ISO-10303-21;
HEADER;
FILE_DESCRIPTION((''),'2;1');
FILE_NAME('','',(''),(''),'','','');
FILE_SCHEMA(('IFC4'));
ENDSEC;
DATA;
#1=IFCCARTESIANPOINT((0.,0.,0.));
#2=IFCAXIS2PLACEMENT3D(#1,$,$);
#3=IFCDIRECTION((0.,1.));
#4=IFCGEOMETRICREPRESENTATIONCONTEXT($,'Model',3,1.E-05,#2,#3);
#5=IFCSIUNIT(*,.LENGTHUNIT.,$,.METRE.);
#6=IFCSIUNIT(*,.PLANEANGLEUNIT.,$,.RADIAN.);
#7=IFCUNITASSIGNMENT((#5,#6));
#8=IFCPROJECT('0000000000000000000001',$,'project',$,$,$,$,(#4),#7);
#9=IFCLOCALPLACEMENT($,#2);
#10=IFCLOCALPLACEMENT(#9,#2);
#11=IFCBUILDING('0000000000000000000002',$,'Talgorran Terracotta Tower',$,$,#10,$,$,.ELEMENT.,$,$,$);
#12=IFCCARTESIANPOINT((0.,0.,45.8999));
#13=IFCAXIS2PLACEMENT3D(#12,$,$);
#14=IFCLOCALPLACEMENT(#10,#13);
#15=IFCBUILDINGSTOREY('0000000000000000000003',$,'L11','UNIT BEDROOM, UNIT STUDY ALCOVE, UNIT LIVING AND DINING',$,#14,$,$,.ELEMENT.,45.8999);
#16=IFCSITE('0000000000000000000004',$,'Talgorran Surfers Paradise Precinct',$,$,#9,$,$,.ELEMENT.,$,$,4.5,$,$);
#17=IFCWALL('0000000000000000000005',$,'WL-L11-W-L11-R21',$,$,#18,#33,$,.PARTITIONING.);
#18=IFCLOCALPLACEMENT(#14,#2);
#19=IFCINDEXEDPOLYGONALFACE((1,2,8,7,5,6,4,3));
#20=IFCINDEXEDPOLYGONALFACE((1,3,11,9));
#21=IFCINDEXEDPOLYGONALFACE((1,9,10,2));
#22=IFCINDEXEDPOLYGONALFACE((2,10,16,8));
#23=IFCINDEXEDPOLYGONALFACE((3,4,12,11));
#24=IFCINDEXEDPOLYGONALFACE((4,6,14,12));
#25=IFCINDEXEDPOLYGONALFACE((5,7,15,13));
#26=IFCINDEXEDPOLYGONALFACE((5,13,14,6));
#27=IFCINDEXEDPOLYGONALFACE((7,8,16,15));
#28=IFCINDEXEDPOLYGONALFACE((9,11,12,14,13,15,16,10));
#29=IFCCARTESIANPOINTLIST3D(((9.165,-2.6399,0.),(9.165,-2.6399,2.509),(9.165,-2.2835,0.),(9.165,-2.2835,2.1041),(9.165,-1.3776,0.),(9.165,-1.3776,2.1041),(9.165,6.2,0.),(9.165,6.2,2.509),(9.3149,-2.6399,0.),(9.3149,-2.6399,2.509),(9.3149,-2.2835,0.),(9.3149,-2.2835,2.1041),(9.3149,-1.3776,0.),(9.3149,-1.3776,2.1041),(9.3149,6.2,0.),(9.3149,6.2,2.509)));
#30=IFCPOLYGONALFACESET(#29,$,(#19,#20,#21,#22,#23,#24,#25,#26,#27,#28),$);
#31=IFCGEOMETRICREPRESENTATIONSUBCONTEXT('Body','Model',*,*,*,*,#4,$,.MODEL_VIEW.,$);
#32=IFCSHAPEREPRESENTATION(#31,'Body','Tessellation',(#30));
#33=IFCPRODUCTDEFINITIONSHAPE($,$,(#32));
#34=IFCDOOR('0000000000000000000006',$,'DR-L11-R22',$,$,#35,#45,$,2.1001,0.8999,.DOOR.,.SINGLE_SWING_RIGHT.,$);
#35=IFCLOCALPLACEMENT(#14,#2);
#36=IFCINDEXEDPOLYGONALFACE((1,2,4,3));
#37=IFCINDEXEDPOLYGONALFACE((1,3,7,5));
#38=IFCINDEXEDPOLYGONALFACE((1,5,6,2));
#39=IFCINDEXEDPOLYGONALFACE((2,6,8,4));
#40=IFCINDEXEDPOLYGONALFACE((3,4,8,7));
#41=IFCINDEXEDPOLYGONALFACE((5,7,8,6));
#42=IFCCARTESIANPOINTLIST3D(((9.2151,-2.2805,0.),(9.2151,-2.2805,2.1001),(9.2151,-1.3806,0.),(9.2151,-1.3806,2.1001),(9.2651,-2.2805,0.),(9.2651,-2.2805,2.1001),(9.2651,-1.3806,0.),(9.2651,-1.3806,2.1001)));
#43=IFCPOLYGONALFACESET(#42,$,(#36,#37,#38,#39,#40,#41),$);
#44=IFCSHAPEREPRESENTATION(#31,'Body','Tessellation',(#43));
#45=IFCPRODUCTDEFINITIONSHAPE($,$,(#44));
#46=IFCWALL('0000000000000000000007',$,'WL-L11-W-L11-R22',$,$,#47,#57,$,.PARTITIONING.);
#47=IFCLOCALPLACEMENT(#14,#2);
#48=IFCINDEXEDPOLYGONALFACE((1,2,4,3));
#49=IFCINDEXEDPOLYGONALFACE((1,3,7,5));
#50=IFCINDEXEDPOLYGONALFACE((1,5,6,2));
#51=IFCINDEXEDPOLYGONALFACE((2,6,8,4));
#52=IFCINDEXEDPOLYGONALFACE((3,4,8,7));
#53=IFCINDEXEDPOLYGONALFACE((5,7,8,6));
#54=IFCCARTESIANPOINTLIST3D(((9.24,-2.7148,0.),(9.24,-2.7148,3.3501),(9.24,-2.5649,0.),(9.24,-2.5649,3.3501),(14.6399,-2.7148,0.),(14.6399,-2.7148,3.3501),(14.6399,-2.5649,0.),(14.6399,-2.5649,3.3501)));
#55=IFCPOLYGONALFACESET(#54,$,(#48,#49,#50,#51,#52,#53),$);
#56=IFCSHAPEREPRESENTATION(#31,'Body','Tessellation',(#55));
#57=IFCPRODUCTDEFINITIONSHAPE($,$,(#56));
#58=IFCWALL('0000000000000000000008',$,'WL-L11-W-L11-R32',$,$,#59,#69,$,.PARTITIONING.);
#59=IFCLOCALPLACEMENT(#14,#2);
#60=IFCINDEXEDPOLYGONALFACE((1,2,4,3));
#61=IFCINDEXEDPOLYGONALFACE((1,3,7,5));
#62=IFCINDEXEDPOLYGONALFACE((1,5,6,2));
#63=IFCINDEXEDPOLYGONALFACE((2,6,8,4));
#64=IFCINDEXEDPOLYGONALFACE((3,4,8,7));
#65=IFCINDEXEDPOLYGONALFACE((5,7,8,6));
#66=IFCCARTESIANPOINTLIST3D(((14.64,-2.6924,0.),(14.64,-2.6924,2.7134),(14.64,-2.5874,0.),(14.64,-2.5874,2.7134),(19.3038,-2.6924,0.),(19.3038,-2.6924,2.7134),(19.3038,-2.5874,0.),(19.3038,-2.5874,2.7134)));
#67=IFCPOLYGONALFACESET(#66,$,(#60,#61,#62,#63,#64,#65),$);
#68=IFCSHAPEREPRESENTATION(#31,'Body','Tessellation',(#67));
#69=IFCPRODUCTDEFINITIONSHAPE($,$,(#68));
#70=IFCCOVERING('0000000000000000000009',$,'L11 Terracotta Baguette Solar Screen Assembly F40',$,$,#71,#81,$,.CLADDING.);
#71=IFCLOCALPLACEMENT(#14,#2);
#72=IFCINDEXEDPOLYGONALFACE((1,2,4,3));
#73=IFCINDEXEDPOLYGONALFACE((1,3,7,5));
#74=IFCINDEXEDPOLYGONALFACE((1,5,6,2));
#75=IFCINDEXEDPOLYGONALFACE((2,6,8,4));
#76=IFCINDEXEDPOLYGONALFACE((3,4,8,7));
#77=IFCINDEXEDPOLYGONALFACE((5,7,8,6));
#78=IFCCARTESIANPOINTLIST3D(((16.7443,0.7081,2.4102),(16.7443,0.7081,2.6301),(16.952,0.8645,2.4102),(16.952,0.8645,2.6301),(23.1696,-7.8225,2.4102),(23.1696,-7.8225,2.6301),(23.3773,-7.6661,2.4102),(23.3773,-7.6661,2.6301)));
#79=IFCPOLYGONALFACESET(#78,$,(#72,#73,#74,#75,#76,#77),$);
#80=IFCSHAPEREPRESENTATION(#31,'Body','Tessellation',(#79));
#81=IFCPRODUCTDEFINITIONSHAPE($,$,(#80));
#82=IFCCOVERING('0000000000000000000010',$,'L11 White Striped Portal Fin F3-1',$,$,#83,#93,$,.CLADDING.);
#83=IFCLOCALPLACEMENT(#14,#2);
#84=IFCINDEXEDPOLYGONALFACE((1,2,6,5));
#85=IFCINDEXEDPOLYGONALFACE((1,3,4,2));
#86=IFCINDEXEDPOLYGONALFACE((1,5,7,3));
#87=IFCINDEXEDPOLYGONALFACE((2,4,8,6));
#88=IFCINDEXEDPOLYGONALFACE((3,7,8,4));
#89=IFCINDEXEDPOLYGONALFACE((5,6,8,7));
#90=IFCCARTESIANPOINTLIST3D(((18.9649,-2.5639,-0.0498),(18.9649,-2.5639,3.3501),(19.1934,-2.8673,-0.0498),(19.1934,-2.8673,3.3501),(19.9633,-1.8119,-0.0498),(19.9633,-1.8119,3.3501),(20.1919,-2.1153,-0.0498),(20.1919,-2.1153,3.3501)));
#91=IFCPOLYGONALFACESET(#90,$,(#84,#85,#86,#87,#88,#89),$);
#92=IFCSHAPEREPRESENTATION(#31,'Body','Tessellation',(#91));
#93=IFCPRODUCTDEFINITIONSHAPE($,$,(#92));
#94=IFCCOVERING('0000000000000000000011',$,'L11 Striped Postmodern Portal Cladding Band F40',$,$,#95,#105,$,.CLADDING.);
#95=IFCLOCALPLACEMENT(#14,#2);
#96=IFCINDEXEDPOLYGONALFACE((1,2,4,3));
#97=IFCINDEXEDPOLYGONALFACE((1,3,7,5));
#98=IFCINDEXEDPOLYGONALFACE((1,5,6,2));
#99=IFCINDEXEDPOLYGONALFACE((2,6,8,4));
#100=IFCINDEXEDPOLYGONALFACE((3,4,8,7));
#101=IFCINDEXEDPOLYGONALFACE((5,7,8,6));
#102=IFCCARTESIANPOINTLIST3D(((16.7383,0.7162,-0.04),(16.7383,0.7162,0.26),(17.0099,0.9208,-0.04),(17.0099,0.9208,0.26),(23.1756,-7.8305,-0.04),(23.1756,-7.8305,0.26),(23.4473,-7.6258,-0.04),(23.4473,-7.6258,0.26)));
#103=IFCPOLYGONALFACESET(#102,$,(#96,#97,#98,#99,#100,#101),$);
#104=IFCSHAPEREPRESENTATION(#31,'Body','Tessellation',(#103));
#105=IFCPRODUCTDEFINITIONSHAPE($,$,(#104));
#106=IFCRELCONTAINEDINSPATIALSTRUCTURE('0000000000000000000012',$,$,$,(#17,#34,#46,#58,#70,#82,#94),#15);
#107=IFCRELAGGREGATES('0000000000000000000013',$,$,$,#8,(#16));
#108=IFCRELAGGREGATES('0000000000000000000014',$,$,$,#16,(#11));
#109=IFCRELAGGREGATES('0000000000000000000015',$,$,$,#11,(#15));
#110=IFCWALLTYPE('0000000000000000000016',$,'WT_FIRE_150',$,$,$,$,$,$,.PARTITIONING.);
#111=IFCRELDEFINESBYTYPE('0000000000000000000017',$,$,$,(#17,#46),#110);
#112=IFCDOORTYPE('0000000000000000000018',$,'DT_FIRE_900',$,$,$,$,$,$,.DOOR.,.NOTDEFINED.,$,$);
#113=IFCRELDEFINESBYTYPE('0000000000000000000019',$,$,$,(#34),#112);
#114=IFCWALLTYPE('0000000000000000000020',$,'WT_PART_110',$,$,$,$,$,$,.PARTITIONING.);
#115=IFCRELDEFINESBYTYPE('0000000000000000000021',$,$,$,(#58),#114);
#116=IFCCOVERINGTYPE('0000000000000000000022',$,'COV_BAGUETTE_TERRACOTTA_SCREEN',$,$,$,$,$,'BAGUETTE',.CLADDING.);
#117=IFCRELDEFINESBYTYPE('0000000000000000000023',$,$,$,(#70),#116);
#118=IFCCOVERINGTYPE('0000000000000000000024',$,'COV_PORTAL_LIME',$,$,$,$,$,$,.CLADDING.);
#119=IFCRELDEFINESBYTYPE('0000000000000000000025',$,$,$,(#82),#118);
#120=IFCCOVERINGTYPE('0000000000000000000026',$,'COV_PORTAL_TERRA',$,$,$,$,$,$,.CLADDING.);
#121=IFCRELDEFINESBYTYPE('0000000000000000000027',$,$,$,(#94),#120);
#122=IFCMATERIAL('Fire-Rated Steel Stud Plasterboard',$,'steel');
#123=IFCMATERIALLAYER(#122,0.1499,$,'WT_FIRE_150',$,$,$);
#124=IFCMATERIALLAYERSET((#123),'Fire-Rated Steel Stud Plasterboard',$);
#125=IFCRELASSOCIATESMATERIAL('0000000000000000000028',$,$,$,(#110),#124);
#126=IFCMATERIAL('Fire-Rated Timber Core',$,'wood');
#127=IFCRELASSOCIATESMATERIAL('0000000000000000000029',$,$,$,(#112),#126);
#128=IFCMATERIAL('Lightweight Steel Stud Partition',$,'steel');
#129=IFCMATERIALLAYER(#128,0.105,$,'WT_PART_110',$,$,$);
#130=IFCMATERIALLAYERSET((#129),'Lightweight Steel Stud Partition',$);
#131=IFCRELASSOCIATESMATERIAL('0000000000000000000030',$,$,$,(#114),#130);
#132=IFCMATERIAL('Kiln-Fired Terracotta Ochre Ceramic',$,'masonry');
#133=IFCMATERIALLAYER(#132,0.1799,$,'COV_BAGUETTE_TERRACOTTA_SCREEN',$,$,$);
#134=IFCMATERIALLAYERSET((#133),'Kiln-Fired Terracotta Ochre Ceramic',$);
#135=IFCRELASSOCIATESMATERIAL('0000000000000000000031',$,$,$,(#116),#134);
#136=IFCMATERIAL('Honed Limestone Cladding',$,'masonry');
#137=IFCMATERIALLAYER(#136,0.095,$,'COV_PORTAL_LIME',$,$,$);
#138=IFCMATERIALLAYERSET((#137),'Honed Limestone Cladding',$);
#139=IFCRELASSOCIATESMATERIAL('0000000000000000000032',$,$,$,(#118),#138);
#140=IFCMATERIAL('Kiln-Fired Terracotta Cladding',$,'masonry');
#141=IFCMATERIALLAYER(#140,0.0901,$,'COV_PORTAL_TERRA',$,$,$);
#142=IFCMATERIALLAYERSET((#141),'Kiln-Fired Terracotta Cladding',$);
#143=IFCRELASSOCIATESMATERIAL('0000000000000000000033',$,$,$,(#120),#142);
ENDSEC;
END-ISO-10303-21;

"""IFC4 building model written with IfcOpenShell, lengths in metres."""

from ifc_helpers import new_model, si_unit, direction, frame, frame_2d, origin, origin_2d, place, context, subcontext, project, spatial, rectangle, extrude, material, layer, layer_set, type_object, element, fill, save


model = new_model("IFC4")

# Units and contexts
model_context = context("Model", 3, precision=1e-05, world=origin(), true_north=direction((0.0, 1.0)))
body_context = subcontext(model_context, "Body", "Model", "MODEL_VIEW")
ifc_project = project(units=[si_unit("LENGTHUNIT", "METRE"), si_unit("PLANEANGLEUNIT", "RADIAN")], contexts=[model_context])

# Site, building, storey
site_placement = place(None, origin())
site = spatial("IfcSite", under=ifc_project, at=site_placement, Name="Talgorran Surfers Paradise Precinct", CompositionType="ELEMENT", RefElevation=4.5)
building_placement = place(site_placement, origin())
building = spatial("IfcBuilding", under=site, at=building_placement, Name="Talgorran Terracotta Tower", CompositionType="ELEMENT")
storey_placement = place(building_placement, frame((0.0, 0.0, 45.8999)))
storey = spatial("IfcBuildingStorey", under=building, at=storey_placement, Name="L11", Description="UNIT BEDROOM, UNIT STUDY ALCOVE, UNIT LIVING AND DINING", CompositionType="ELEMENT", Elevation=45.8999)

# Wall, opening, door
ifc_material_1 = material(Name="Fire-Rated Steel Stud Plasterboard", Category="steel")
ifc_layer_1 = layer(ifc_material_1, 0.1499, Name="WT_FIRE_150")
ifc_layer_set_1 = layer_set([ifc_layer_1], Name="Fire-Rated Steel Stud Plasterboard")
wall_type_1 = type_object("IfcWallType", Name="WT_FIRE_150", PredefinedType="PARTITIONING", material=ifc_layer_set_1)
wall_1_placement = place(storey_placement, frame((9.24, -2.6399, 0.0), z_axis=(0.0, 0.0, 1.0), x_axis=(0.0, 1.0, 0.0)))
wall_1 = element("IfcWall", 1, at=wall_1_placement, inside=storey, type_object=wall_type_1, Name="WL-L11-W-L11-R21", PredefinedType="PARTITIONING", context=body_context, shape_type="SweptSolid", body=[
    extrude(rectangle(XDim=8.8398, YDim=0.1499, at=frame_2d((4.4199, 0.0))), origin(), (0.0, 0.0, 1.0), 2.509),
])
opening_1_placement = place(wall_1_placement, frame((0.3594, 0.0, 0.0)))
opening_1 = element("IfcOpeningElement", 2, at=opening_1_placement, cuts=wall_1, PredefinedType="OPENING", context=body_context, shape_type="SweptSolid", body=[
    extrude(rectangle(XDim=0.9059, YDim=2.1041, at=frame_2d((0.45, 1.052))), frame((0.0, 0.085, 0.0), z_axis=(0.0, -1.0, 0.0), x_axis=(1.0, 0.0, 0.0)), (0.0, 0.0, 1.0), 0.1699),
])
ifc_material_2 = material(Name="Fire-Rated Timber Core", Category="wood")
door_type_1 = type_object("IfcDoorType", Name="DT_FIRE_900", OperationType="NOTDEFINED", PredefinedType="DOOR", material=ifc_material_2)
door_1_placement = place(opening_1_placement, origin())
door_1 = element("IfcDoor", 3, at=door_1_placement, inside=storey, type_object=door_type_1, Name="DR-L11-R22", OperationType="SINGLE_SWING_RIGHT", OverallHeight=2.1001, OverallWidth=0.8999, PredefinedType="DOOR", context=body_context, shape_type="SweptSolid", body=[
    extrude(rectangle(XDim=0.8999, YDim=2.1001, at=frame_2d((0.45, 1.05))), frame((0.0, 0.0249, 0.0), z_axis=(0.0, -1.0, 0.0), x_axis=(1.0, 0.0, 0.0)), (0.0, 0.0, 1.0), 0.05),
])
fill(opening_1, door_1)

# Walls
wall_2_placement = place(storey_placement, frame((9.24, -2.6399, 0.0), z_axis=(0.0, 0.0, 1.0), x_axis=(1.0, 0.0, 0.0)))
element("IfcWall", 4, at=wall_2_placement, inside=storey, type_object=wall_type_1, Name="WL-L11-W-L11-R22", PredefinedType="PARTITIONING", context=body_context, shape_type="SweptSolid", body=[
    extrude(rectangle(XDim=5.3999, YDim=0.1499, at=frame_2d((2.7, 0.0))), origin(), (0.0, 0.0, 1.0), 3.3501),
])
ifc_material_3 = material(Name="Lightweight Steel Stud Partition", Category="steel")
ifc_layer_2 = layer(ifc_material_3, 0.105, Name="WT_PART_110")
ifc_layer_set_2 = layer_set([ifc_layer_2], Name="Lightweight Steel Stud Partition")
wall_type_2 = type_object("IfcWallType", Name="WT_PART_110", PredefinedType="PARTITIONING", material=ifc_layer_set_2)
wall_3_placement = place(storey_placement, frame((14.6399, -2.6399, 0.0), z_axis=(0.0, 0.0, 1.0), x_axis=(1.0, 0.0, 0.0)))
element("IfcWall", 5, at=wall_3_placement, inside=storey, type_object=wall_type_2, Name="WL-L11-W-L11-R32", PredefinedType="PARTITIONING", context=body_context, shape_type="SweptSolid", body=[
    extrude(rectangle(XDim=4.6638, YDim=0.105, at=frame_2d((2.332, 0.0))), origin(), (0.0, 0.0, 1.0), 2.7134),
])

# Coverings
ifc_material_4 = material(Name="Kiln-Fired Terracotta Ochre Ceramic", Category="masonry")
ifc_layer_3 = layer(ifc_material_4, 0.1799, Name="COV_BAGUETTE_TERRACOTTA_SCREEN")
ifc_layer_set_3 = layer_set([ifc_layer_3], Name="Kiln-Fired Terracotta Ochre Ceramic")
covering_type_1 = type_object("IfcCoveringType", Name="COV_BAGUETTE_TERRACOTTA_SCREEN", ElementType="BAGUETTE", PredefinedType="CLADDING", material=ifc_layer_set_3)
covering_1_placement = place(storey_placement, frame((20.0608, -3.479, 2.4102), z_axis=(0.0, 0.0, 1.0), x_axis=(-0.601634, 0.798772, 0.0)))
element("IfcCovering", 6, at=covering_1_placement, inside=storey, type_object=covering_type_1, Name="L11 Terracotta Baguette Solar Screen Assembly F40", PredefinedType="CLADDING", context=body_context, shape_type="SweptSolid", body=[
    extrude(rectangle(XDim=10.6797, YDim=0.26, at=origin_2d()), origin(), (0.0, 0.0, 1.0), 0.22),
])
ifc_material_5 = material(Name="Honed Limestone Cladding", Category="masonry")
ifc_layer_4 = layer(ifc_material_5, 0.095, Name="COV_PORTAL_LIME")
ifc_layer_set_4 = layer_set([ifc_layer_4], Name="Honed Limestone Cladding")
covering_type_2 = type_object("IfcCoveringType", Name="COV_PORTAL_LIME", PredefinedType="CLADDING", material=ifc_layer_set_4)
covering_2_placement = place(storey_placement, frame((19.5784, -2.3396, -0.0498), z_axis=(0.0, 0.0, 1.0), x_axis=(-0.601634, 0.798772, 0.0)))
element("IfcCovering", 7, at=covering_2_placement, inside=storey, type_object=covering_type_2, Name="L11 White Striped Portal Fin F3-1", PredefinedType="CLADDING", context=body_context, shape_type="SweptSolid", body=[
    extrude(rectangle(XDim=0.3799, YDim=1.25, at=origin_2d()), origin(), (0.0, 0.0, 1.0), 3.3999),
])
ifc_material_6 = material(Name="Kiln-Fired Terracotta Cladding", Category="masonry")
ifc_layer_5 = layer(ifc_material_6, 0.0901, Name="COV_PORTAL_TERRA")
ifc_layer_set_5 = layer_set([ifc_layer_5], Name="Kiln-Fired Terracotta Cladding")
covering_type_3 = type_object("IfcCoveringType", Name="COV_PORTAL_TERRA", PredefinedType="CLADDING", material=ifc_layer_set_5)
covering_3_placement = place(storey_placement, frame((20.0928, -3.4548, -0.04), z_axis=(0.0, 0.0, 1.0), x_axis=(-0.601634, 0.798772, 0.0)))
element("IfcCovering", 8, at=covering_3_placement, inside=storey, type_object=covering_type_3, Name="L11 Striped Postmodern Portal Cladding Band F40", PredefinedType="CLADDING", context=body_context, shape_type="SweptSolid", body=[
    extrude(rectangle(XDim=10.6997, YDim=0.3401, at=origin_2d()), origin(), (0.0, 0.0, 1.0), 0.3),
])

save(model, "model.ifc")
